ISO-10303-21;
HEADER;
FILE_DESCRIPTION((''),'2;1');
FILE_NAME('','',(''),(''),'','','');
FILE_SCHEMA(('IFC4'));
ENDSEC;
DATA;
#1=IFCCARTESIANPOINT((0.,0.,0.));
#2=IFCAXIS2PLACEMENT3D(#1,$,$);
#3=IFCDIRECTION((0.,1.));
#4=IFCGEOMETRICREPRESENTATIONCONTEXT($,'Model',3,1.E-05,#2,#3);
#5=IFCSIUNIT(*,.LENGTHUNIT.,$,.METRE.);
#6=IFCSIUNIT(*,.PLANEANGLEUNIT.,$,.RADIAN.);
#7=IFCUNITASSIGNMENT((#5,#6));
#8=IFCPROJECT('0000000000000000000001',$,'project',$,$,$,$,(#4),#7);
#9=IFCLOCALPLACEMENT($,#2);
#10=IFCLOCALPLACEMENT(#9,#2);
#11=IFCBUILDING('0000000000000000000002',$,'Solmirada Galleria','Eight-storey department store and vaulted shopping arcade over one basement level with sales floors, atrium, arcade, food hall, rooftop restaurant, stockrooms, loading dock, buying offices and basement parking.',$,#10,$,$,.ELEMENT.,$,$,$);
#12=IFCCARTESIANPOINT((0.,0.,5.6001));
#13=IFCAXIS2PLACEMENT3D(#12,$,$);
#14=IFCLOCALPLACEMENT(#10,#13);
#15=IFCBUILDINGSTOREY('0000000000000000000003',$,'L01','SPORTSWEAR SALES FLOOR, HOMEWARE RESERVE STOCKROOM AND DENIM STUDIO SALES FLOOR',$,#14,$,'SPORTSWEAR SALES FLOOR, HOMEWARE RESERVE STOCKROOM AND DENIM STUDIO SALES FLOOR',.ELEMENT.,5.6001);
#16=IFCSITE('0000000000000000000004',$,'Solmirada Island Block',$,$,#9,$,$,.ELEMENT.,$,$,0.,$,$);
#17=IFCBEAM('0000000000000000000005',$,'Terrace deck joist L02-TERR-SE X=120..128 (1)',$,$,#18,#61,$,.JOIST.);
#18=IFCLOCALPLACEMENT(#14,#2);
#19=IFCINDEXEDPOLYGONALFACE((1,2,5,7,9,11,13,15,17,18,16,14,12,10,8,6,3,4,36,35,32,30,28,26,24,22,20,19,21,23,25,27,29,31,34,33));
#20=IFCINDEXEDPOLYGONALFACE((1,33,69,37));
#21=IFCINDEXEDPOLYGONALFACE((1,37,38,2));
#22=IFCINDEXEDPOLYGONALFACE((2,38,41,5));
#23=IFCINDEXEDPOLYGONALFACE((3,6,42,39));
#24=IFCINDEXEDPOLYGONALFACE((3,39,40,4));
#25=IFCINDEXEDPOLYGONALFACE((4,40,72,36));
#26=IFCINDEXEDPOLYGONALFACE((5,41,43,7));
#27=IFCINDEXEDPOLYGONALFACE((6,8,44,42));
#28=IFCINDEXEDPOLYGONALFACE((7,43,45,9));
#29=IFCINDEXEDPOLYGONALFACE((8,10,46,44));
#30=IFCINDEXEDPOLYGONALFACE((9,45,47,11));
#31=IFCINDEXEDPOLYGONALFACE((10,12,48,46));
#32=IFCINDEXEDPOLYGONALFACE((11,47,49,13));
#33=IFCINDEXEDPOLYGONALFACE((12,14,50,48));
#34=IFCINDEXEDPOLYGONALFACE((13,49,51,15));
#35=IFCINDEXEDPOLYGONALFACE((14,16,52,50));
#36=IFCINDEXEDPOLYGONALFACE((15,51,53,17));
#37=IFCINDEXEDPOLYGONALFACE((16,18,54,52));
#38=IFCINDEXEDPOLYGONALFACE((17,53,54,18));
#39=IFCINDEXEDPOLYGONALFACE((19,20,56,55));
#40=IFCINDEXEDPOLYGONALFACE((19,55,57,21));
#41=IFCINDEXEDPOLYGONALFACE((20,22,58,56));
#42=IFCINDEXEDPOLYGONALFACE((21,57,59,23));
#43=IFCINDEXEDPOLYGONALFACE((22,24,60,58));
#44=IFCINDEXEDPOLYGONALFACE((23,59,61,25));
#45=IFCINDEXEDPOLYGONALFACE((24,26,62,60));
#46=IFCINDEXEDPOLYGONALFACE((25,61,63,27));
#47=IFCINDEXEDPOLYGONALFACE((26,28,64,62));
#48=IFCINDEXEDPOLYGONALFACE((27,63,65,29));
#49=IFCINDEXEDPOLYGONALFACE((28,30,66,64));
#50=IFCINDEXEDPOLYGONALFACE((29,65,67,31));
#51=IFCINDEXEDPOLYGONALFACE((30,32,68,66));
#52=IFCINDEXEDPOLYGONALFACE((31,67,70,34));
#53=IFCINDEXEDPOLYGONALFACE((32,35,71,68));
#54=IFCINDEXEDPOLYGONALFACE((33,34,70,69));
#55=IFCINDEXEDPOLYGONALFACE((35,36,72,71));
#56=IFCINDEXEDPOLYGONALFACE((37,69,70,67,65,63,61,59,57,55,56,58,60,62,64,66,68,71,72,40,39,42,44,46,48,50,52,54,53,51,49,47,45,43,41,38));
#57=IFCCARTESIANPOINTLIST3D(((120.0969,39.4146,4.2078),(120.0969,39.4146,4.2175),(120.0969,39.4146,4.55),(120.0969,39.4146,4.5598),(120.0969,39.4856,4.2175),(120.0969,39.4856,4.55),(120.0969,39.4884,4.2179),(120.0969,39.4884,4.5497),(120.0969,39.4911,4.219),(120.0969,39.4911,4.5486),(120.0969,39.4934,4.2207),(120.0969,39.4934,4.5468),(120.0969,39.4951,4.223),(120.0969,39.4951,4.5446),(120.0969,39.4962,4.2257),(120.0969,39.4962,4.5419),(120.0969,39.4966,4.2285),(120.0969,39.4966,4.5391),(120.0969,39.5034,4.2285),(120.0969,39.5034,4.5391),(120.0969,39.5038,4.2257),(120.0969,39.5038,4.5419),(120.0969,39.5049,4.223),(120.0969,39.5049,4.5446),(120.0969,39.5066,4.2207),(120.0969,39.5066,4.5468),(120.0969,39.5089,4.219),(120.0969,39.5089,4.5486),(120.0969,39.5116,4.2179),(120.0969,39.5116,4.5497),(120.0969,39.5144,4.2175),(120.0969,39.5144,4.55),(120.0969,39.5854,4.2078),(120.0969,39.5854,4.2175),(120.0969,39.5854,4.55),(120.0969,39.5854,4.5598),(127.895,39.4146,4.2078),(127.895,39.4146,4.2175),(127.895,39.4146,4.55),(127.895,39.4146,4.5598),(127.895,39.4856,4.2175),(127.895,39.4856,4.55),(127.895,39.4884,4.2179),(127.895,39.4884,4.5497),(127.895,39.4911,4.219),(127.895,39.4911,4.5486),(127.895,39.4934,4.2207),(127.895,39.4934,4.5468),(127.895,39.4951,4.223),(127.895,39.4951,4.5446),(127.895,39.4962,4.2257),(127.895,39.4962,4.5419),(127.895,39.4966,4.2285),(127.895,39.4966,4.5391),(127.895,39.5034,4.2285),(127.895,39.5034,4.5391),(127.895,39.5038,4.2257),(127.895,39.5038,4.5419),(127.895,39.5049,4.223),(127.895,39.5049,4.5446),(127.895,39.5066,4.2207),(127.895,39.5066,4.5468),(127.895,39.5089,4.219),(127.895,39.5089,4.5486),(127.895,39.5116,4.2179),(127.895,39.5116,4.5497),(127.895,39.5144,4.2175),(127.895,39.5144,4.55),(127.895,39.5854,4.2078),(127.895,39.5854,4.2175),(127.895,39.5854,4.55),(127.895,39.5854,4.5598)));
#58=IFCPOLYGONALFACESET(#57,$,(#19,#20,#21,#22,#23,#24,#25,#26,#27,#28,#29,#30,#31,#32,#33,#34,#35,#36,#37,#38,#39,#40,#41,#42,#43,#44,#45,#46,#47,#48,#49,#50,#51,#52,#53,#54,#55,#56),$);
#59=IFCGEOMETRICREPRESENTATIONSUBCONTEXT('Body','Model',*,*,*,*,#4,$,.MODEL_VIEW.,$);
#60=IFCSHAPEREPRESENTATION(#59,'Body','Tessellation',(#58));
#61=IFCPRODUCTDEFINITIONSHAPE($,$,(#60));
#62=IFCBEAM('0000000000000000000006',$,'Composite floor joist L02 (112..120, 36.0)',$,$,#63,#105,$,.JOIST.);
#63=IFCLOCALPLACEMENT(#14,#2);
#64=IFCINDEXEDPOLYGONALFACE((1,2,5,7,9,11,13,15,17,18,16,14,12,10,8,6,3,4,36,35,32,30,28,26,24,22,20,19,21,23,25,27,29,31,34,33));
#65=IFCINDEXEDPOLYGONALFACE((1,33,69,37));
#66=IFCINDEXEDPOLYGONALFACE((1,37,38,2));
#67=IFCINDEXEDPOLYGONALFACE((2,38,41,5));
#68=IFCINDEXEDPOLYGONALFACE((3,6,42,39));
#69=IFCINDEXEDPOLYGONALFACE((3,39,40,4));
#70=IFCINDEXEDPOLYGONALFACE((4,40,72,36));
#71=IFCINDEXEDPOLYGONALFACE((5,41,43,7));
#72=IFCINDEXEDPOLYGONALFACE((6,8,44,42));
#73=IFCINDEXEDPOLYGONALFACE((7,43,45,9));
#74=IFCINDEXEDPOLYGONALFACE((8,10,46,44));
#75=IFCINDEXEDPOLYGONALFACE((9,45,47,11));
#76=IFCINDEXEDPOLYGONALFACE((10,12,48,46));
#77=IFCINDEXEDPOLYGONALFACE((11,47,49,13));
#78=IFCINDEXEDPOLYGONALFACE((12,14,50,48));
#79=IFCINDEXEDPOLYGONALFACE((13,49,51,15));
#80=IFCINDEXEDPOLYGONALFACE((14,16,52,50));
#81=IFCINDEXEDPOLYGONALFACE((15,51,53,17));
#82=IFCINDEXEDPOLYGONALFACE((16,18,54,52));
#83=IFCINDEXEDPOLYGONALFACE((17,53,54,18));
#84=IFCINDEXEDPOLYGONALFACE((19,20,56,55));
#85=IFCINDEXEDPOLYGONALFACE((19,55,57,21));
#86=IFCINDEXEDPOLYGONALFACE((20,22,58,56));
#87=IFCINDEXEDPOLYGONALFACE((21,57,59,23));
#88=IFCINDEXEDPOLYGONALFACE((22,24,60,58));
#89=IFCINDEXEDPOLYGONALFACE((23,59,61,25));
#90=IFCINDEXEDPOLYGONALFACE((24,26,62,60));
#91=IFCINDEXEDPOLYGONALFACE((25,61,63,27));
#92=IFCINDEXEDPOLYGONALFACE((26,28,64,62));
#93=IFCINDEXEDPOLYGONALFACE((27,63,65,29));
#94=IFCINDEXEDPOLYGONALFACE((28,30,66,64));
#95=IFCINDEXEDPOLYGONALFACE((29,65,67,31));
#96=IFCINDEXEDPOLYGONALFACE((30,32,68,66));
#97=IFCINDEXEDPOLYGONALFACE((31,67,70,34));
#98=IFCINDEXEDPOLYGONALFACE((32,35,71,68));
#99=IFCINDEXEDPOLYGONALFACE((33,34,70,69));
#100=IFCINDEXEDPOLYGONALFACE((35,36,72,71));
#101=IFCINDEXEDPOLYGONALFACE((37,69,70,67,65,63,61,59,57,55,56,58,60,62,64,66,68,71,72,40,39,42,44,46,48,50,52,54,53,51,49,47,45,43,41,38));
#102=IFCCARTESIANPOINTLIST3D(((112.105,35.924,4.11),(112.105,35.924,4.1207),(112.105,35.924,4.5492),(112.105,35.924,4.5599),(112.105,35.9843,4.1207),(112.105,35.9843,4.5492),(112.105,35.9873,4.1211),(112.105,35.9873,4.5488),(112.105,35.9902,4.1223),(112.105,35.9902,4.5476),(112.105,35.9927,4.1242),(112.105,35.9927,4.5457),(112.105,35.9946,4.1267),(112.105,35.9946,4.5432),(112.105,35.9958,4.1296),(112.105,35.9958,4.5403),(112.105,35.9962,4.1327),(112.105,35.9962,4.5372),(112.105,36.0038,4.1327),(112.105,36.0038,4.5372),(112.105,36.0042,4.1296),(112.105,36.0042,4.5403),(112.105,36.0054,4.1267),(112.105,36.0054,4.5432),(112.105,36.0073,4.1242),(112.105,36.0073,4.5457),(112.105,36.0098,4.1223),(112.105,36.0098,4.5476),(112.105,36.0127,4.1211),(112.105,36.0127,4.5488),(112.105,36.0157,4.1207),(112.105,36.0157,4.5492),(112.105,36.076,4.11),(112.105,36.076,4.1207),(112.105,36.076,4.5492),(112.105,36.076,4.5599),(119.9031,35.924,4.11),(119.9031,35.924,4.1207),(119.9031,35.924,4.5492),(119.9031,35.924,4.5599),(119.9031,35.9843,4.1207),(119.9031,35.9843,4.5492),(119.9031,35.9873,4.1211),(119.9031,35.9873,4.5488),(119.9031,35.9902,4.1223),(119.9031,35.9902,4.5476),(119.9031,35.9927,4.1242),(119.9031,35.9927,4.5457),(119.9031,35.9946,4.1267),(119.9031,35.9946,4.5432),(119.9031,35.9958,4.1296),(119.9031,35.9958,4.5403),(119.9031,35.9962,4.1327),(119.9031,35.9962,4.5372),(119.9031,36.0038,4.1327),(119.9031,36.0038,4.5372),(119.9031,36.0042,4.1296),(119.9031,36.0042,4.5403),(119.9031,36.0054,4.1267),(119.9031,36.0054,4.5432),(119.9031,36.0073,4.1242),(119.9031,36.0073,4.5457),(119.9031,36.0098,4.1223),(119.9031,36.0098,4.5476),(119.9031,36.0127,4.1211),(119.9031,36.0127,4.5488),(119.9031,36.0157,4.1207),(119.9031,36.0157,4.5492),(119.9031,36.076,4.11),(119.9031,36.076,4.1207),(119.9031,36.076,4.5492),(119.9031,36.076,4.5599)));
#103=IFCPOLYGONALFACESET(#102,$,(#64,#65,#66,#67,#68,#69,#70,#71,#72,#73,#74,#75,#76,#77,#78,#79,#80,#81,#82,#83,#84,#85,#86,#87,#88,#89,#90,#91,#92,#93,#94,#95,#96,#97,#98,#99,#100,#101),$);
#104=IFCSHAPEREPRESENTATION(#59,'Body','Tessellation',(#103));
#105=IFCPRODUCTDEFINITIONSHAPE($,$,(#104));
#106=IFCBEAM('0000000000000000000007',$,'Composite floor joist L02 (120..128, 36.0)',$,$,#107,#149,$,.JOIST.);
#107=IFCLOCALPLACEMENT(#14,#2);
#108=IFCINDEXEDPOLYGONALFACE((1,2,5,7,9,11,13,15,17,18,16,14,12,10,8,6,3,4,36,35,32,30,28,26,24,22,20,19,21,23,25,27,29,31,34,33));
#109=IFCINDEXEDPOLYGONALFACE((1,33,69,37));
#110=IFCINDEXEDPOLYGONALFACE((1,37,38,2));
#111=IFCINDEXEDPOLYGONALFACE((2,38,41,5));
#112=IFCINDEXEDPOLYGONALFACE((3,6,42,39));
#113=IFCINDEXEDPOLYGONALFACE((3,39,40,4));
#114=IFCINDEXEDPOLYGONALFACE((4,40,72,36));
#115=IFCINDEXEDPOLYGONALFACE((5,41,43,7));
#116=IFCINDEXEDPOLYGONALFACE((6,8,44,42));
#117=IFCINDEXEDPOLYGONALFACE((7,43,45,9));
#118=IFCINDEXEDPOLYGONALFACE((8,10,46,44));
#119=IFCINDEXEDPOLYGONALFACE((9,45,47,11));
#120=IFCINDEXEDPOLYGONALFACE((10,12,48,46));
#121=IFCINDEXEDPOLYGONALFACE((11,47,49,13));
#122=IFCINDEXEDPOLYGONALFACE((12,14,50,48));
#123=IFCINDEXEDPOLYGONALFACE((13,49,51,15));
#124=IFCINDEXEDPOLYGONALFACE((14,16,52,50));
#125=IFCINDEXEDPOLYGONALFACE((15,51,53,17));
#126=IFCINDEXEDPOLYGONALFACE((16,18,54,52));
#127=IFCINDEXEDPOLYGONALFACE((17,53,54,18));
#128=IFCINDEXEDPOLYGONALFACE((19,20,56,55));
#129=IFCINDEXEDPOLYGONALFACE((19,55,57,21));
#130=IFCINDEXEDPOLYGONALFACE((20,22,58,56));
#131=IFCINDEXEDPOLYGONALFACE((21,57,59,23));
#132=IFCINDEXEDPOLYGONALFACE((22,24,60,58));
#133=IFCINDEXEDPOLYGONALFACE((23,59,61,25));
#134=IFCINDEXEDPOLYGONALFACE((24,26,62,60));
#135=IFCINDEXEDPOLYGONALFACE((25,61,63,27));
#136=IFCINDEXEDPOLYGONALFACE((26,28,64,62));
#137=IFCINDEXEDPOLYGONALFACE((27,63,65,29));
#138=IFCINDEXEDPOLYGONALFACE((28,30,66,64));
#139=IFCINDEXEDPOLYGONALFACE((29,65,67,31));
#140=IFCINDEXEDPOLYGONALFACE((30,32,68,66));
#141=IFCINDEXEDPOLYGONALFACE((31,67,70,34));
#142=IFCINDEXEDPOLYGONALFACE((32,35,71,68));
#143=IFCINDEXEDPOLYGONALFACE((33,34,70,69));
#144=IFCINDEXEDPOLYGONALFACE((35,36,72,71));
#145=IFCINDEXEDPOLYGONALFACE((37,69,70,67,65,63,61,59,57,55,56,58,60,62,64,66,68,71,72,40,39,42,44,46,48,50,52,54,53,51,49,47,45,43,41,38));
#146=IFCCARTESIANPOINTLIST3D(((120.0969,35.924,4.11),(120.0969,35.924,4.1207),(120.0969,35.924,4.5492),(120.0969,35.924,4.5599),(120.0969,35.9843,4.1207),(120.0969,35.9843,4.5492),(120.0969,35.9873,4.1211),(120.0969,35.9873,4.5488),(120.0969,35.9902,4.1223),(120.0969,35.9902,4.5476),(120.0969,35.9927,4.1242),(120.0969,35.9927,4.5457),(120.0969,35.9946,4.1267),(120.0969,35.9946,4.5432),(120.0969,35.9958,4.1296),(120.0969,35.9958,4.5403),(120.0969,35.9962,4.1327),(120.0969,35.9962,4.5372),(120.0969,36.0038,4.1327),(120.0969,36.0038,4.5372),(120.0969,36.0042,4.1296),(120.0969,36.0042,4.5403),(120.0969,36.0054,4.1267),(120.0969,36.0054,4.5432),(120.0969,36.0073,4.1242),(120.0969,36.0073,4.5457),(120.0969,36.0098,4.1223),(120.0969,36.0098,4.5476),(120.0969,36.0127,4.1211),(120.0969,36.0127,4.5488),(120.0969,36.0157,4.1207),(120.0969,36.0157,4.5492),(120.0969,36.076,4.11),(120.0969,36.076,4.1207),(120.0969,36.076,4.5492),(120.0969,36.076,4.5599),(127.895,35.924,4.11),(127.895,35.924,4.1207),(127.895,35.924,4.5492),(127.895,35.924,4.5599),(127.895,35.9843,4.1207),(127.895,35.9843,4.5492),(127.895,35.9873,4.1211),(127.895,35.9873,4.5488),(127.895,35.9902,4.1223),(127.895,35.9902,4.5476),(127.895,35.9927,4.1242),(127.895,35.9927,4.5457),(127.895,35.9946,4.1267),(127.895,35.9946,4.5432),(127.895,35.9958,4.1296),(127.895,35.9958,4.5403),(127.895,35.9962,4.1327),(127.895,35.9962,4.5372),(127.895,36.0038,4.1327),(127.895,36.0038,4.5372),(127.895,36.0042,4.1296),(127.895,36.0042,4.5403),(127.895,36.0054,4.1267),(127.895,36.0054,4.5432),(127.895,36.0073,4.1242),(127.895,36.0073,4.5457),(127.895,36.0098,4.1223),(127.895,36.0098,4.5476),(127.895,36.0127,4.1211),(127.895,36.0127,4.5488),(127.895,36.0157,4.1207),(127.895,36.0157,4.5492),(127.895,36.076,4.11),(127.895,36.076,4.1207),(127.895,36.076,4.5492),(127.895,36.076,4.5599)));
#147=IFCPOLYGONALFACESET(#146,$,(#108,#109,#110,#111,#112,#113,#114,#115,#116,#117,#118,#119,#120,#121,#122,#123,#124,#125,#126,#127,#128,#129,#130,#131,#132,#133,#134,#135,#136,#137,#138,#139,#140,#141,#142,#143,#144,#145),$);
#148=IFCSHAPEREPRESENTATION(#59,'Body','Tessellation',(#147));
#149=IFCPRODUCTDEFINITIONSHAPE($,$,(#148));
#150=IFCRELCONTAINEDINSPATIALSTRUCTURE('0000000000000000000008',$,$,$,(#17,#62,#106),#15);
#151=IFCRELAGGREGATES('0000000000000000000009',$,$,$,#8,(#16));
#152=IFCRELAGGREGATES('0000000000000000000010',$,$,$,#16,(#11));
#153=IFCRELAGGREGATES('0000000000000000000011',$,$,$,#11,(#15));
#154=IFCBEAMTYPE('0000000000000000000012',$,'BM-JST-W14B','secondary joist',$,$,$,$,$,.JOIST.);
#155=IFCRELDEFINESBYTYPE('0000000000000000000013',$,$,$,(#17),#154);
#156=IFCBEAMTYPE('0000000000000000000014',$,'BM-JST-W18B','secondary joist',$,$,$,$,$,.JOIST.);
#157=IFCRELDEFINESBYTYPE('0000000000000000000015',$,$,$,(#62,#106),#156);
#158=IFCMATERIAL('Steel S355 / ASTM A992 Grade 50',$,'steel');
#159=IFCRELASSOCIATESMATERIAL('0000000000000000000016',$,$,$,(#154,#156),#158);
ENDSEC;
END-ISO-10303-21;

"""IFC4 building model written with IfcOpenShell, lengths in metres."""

from ifc_helpers import new_model, si_unit, direction, frame, origin, origin_2d, place, context, subcontext, project, spatial, i_section, extrude, material, material_profile, profile_set, type_object, element, save


model = new_model("IFC4")

# Units and contexts
model_context = context("Model", 3, precision=1e-05, world=origin(), true_north=direction((0.0, 1.0)))
body_context = subcontext(model_context, "Body", "Model", "MODEL_VIEW")
ifc_project = project(units=[si_unit("LENGTHUNIT", "METRE"), si_unit("PLANEANGLEUNIT", "RADIAN")], contexts=[model_context])

# Site, building, storey
site_placement = place(None, origin())
site = spatial("IfcSite", under=ifc_project, at=site_placement, Name="Solmirada Island Block", CompositionType="ELEMENT", RefElevation=0.0)
building_placement = place(site_placement, origin())
building = spatial("IfcBuilding", under=site, at=building_placement, Name="Solmirada Galleria", Description="Eight-storey department store and vaulted shopping arcade over one basement level with sales floors, atrium, arcade, food hall, rooftop restaurant, stockrooms, loading dock, buying offices and basement parking.", CompositionType="ELEMENT")
storey_placement = place(building_placement, frame((0.0, 0.0, 5.6001)))
storey = spatial("IfcBuildingStorey", under=building, at=storey_placement, Name="L01", Description="SPORTSWEAR SALES FLOOR, HOMEWARE RESERVE STOCKROOM AND DENIM STUDIO SALES FLOOR", LongName="SPORTSWEAR SALES FLOOR, HOMEWARE RESERVE STOCKROOM AND DENIM STUDIO SALES FLOOR", CompositionType="ELEMENT", Elevation=5.6001)

# Beams
ifc_material_1 = material(Name="Steel S355 / ASTM A992 Grade 50", Category="steel")
ifc_material_profile_1 = material_profile(ifc_material_1, i_section(OverallWidth=0.1709, OverallDepth=0.3521, WebThickness=0.0068, FlangeThickness=0.0098, FilletRadius=0.011, at=origin_2d()), Name="W14X30")
ifc_profile_set_1 = profile_set([ifc_material_profile_1], Name="Steel S355 / ASTM A992 Grade 50")
beam_type_1 = type_object("IfcBeamType", Name="BM-JST-W14B", Description="secondary joist", PredefinedType="JOIST", material=ifc_profile_set_1)
for number, where, z_axis, x_axis, name in (
    (1, (120.0969, 39.5, 4.3838), (1.0, 0.0, 0.0), (0.0, 1.0, 0.0), "Terrace deck joist L02-TERR-SE X=120..128 (1)"),
):
    element("IfcBeam", number, at=place(storey_placement, frame(where, z_axis=z_axis, x_axis=x_axis)), inside=storey, type_object=beam_type_1, Name=name, PredefinedType="JOIST", context=body_context, shape_type="SweptSolid", body=[
        extrude(i_section(OverallWidth=0.1709, OverallDepth=0.3521, WebThickness=0.0068, FlangeThickness=0.0098, FilletRadius=0.011, at=origin_2d()), origin(), (0.0, 0.0, 1.0), 7.7981),
    ])
ifc_material_profile_2 = material_profile(ifc_material_1, i_section(OverallWidth=0.1521, OverallDepth=0.45, WebThickness=0.0076, FlangeThickness=0.0107, FilletRadius=0.012, at=origin_2d()), Name="W18X35")
ifc_profile_set_2 = profile_set([ifc_material_profile_2], Name="Steel S355 / ASTM A992 Grade 50")
beam_type_2 = type_object("IfcBeamType", Name="BM-JST-W18B", Description="secondary joist", PredefinedType="JOIST", material=ifc_profile_set_2)
for number, where, z_axis, x_axis, name in (
    (2, (112.105, 36.0, 4.335), (1.0, 0.0, 0.0), (0.0, 1.0, 0.0), "Composite floor joist L02 (112..120, 36.0)"),
    (3, (120.0969, 36.0, 4.335), (1.0, 0.0, 0.0), (0.0, 1.0, 0.0), "Composite floor joist L02 (120..128, 36.0)"),
):
    element("IfcBeam", number, at=place(storey_placement, frame(where, z_axis=z_axis, x_axis=x_axis)), inside=storey, type_object=beam_type_2, Name=name, PredefinedType="JOIST", context=body_context, shape_type="SweptSolid", body=[
        extrude(i_section(OverallWidth=0.1521, OverallDepth=0.45, WebThickness=0.0076, FlangeThickness=0.0107, FilletRadius=0.012, at=origin_2d()), origin(), (0.0, 0.0, 1.0), 7.7981),
    ])

save(model, "model.ifc")
